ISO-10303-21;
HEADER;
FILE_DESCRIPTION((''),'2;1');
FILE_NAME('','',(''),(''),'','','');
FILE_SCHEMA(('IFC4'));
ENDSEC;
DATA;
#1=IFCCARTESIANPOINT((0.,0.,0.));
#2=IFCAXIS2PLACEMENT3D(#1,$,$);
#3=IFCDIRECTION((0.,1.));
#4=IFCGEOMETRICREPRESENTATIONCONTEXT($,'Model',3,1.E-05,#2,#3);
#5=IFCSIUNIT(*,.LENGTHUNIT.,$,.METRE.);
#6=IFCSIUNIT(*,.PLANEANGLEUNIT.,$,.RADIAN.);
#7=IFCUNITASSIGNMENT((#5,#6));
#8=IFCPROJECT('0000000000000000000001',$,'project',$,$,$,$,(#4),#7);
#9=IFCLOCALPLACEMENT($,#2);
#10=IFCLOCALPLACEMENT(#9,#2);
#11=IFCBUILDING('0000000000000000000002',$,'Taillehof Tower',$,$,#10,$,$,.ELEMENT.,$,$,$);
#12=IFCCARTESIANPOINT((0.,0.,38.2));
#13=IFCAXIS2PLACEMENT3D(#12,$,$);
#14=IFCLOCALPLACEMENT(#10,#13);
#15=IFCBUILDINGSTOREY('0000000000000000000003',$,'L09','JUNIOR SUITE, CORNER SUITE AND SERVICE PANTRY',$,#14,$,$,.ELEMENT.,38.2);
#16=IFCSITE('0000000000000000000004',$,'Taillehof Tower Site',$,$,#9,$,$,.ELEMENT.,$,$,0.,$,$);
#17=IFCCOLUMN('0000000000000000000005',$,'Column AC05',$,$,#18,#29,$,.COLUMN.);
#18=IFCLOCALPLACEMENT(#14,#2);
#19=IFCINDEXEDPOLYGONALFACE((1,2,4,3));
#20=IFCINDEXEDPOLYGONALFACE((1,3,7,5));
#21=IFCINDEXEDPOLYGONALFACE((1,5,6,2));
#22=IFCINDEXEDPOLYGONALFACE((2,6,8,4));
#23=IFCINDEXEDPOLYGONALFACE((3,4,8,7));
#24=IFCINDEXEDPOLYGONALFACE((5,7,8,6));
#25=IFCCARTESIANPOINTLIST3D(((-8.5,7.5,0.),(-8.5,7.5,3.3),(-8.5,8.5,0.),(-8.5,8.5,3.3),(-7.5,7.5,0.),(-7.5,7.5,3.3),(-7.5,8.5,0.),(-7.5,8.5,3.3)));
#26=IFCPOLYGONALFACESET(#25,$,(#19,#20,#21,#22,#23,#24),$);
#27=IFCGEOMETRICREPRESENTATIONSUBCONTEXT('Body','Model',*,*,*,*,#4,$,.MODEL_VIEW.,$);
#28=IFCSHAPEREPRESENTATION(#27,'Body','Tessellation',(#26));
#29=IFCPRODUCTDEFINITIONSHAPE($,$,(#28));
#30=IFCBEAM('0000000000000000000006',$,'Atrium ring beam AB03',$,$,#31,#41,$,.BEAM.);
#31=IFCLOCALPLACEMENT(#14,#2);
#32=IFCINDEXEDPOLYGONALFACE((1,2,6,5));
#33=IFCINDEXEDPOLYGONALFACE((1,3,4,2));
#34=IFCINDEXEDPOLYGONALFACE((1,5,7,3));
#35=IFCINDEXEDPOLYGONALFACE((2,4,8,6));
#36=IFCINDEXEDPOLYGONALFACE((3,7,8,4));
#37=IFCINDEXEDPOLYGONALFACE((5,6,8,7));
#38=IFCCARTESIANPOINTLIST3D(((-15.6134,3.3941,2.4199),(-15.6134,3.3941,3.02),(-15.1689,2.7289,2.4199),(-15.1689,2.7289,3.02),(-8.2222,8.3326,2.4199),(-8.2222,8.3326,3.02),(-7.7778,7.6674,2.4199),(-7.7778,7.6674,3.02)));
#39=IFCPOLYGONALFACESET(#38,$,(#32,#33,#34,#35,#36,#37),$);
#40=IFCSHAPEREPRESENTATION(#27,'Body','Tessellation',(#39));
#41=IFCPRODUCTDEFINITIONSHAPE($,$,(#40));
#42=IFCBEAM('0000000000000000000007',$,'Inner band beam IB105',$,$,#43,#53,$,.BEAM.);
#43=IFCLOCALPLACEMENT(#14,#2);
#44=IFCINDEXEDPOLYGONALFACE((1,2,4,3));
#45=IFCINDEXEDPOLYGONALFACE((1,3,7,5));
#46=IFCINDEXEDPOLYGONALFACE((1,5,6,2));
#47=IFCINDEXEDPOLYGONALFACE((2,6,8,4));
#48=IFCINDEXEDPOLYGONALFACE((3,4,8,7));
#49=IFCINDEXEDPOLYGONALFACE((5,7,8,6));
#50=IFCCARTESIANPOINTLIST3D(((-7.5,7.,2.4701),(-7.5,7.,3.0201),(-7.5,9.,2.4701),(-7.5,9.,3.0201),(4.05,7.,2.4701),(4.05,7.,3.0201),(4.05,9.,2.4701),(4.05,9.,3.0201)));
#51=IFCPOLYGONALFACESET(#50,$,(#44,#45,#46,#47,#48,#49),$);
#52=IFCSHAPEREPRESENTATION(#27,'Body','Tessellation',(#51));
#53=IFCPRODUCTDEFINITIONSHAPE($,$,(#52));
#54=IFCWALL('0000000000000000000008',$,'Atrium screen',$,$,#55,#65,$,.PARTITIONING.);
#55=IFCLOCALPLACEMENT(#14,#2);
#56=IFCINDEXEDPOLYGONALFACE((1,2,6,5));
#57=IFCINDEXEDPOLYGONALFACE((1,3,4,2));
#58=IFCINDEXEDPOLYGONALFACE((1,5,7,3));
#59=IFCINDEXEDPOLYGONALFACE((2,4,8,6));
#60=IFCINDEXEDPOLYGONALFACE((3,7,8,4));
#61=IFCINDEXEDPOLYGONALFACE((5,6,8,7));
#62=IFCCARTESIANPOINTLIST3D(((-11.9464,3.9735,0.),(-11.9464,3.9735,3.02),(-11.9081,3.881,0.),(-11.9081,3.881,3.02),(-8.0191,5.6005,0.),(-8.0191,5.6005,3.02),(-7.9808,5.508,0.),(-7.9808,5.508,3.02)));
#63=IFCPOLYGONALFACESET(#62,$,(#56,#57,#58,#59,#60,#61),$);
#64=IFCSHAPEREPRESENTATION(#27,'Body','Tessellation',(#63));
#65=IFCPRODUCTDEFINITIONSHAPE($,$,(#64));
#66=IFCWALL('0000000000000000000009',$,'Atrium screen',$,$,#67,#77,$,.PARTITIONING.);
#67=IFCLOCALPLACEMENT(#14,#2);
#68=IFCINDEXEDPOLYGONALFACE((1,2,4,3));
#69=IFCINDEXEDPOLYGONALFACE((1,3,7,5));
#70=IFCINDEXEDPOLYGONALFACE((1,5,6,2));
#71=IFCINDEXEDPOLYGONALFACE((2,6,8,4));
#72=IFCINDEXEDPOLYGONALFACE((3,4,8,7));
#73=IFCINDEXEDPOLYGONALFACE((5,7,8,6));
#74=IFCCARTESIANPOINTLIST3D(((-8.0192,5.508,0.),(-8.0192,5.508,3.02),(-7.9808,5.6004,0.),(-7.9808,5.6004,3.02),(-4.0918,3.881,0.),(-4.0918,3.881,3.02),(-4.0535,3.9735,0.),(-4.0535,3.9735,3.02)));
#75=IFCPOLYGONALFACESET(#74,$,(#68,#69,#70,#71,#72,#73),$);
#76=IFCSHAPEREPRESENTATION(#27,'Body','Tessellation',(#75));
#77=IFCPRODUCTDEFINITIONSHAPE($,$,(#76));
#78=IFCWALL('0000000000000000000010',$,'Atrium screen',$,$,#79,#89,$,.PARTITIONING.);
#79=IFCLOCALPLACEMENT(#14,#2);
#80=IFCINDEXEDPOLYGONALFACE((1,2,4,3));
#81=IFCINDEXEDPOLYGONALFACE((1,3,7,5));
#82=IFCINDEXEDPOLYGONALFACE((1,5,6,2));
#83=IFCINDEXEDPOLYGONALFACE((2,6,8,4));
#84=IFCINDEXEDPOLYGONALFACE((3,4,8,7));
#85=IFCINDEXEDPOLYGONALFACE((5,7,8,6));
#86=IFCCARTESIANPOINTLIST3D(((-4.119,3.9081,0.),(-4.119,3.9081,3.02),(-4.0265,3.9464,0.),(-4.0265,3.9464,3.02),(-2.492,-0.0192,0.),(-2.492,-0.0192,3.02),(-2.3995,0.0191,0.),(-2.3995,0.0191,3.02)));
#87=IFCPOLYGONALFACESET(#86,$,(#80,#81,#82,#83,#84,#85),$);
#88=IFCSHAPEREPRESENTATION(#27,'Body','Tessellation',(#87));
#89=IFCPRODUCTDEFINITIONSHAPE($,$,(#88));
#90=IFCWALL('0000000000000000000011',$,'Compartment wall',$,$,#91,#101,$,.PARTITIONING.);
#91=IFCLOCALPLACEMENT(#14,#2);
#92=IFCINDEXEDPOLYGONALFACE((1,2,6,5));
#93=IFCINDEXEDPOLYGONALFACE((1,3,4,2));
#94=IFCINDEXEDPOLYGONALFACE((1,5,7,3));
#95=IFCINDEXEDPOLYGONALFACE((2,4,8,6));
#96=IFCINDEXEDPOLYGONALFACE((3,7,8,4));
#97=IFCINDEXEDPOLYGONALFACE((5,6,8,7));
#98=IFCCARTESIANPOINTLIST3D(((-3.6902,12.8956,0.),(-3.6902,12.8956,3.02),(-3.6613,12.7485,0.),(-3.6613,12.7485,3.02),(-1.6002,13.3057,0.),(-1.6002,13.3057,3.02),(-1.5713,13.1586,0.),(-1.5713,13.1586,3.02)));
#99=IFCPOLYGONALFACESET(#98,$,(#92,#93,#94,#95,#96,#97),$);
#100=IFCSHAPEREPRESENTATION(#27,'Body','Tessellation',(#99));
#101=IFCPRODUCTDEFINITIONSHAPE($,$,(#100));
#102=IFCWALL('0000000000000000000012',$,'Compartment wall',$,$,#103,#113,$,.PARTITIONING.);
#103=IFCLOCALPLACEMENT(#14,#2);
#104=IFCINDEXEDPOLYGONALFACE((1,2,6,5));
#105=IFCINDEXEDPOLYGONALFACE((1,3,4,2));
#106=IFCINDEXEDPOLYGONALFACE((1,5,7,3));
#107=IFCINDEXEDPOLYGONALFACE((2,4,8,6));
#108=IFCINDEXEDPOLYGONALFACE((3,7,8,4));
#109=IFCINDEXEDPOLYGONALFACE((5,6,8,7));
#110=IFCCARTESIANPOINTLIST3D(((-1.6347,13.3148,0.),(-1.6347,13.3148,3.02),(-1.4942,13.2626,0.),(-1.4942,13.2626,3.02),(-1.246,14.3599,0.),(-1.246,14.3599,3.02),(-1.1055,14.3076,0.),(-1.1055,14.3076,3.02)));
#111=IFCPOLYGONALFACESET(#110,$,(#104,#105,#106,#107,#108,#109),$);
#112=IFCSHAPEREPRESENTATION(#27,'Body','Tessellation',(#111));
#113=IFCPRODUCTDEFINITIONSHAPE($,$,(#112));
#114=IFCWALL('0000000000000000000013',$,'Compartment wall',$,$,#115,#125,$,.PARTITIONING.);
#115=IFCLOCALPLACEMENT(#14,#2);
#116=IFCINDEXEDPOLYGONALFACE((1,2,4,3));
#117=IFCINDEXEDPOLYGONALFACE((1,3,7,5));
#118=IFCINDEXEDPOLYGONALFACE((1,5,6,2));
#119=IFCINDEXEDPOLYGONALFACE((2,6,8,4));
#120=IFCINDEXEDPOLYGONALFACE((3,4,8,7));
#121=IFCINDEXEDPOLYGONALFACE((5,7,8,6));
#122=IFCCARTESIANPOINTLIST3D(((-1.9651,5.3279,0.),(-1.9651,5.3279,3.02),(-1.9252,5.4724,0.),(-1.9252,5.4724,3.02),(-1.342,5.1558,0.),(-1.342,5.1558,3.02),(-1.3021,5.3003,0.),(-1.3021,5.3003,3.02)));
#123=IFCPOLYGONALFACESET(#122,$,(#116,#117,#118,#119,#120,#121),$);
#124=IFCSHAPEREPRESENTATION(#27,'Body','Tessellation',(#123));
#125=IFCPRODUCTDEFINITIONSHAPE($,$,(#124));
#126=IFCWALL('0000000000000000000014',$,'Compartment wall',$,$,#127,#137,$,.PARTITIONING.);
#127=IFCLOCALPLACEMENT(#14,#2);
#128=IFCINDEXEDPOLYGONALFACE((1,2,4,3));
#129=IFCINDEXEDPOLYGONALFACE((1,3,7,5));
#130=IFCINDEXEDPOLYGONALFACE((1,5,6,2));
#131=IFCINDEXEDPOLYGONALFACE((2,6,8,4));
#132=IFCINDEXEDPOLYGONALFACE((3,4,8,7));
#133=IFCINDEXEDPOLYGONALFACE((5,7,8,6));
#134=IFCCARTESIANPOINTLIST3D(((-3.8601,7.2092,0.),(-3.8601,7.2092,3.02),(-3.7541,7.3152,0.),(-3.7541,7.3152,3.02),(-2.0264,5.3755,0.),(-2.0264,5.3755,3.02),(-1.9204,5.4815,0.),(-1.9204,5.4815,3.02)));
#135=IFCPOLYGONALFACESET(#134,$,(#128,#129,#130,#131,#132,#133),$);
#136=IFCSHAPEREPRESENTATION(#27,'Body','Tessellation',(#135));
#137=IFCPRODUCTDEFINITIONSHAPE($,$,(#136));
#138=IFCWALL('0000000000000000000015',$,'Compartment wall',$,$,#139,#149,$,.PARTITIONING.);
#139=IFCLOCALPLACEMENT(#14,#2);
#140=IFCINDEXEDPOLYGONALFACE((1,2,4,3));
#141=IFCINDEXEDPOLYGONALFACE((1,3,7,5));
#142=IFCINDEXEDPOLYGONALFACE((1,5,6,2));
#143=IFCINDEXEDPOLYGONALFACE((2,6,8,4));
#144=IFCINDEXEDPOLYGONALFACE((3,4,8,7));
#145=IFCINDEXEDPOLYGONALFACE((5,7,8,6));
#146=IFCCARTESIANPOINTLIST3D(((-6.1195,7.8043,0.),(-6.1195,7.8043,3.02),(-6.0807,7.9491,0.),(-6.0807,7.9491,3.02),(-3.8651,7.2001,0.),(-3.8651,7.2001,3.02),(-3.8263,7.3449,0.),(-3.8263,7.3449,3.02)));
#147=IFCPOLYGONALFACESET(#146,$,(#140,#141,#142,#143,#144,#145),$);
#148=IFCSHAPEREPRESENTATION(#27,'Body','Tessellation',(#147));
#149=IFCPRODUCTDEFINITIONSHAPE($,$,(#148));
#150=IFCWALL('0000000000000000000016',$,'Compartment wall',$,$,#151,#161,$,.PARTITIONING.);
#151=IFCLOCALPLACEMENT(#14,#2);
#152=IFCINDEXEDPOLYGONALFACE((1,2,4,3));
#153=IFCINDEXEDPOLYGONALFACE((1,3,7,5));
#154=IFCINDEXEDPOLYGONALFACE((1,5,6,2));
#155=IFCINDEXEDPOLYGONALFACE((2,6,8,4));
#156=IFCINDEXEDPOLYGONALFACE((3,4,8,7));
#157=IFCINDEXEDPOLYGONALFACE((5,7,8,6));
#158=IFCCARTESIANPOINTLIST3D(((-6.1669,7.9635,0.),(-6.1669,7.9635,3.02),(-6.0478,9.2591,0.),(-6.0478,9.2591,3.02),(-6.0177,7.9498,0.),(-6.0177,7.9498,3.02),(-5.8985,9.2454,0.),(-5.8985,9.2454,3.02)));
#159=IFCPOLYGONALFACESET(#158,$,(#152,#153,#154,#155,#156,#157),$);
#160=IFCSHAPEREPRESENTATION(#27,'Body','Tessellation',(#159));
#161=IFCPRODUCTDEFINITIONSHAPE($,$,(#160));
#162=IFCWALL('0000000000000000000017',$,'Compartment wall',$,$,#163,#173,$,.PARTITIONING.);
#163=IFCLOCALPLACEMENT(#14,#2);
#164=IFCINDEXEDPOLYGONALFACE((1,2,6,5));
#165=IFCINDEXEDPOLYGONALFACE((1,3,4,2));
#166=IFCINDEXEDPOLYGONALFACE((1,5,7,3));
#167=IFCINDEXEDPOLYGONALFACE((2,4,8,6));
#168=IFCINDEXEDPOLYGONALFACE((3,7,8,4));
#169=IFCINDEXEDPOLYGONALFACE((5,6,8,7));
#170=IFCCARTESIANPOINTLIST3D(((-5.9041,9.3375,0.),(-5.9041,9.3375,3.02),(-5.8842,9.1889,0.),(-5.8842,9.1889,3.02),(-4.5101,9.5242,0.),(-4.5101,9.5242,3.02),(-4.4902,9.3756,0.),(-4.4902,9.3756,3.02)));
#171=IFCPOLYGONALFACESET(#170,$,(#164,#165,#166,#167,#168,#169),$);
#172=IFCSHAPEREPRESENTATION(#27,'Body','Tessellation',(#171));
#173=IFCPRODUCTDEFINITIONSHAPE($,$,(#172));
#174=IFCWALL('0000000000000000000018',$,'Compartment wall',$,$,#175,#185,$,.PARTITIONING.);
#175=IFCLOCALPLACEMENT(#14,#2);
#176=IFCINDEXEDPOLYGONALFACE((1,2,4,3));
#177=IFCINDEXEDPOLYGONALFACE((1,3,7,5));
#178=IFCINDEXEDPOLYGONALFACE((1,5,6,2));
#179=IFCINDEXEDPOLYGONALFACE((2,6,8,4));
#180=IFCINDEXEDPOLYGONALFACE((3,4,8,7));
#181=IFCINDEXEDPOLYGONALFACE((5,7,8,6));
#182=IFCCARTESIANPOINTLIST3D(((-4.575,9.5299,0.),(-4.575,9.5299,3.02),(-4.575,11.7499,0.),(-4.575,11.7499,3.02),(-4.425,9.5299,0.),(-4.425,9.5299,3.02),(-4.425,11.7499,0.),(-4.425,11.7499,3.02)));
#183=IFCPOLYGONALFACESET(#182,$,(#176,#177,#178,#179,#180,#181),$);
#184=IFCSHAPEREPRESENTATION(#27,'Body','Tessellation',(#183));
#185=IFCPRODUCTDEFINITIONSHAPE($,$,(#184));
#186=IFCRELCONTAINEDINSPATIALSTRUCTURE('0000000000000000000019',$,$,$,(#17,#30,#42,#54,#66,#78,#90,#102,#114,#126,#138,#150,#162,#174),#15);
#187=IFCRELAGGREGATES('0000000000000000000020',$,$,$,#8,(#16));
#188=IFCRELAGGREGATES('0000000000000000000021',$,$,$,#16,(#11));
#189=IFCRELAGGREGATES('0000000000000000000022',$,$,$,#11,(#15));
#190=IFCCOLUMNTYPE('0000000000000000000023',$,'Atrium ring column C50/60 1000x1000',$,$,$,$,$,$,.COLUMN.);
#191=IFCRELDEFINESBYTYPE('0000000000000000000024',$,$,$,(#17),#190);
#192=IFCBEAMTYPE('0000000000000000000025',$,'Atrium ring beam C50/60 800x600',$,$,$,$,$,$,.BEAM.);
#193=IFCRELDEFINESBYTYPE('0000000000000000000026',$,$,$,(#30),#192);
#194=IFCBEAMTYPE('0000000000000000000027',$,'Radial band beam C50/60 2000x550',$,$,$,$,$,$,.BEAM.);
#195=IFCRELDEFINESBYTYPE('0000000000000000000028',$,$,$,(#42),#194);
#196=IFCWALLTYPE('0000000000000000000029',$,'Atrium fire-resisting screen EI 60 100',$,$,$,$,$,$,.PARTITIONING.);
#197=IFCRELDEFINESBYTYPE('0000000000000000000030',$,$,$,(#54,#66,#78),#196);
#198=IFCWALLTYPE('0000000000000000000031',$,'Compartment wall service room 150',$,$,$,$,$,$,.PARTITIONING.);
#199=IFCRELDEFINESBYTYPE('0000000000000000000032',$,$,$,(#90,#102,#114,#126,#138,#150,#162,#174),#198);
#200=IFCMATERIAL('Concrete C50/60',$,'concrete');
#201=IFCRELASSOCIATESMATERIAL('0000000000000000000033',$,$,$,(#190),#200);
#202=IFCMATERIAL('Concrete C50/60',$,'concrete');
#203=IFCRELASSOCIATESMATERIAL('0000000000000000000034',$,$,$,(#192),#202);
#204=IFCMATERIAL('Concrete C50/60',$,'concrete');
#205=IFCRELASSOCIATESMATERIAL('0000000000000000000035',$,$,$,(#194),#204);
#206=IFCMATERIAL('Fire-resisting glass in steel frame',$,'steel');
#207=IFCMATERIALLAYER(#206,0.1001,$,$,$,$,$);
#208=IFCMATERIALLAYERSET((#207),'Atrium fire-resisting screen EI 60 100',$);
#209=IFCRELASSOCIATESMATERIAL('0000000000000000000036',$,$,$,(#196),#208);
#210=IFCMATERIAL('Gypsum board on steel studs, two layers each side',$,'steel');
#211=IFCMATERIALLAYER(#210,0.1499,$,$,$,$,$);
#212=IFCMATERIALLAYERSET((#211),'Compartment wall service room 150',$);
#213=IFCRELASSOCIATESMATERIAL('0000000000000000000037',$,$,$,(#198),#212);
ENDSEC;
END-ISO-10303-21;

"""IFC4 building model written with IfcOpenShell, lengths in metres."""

from ifc_helpers import new_model, si_unit, direction, frame, frame_2d, origin, origin_2d, place, context, subcontext, project, spatial, rectangle, extrude, material, layer, layer_set, material_profile, profile_set, type_object, element, save


model = new_model("IFC4")

# Units and contexts
model_context = context("Model", 3, precision=1e-05, world=origin(), true_north=direction((0.0, 1.0)))
body_context = subcontext(model_context, "Body", "Model", "MODEL_VIEW")
ifc_project = project(units=[si_unit("LENGTHUNIT", "METRE"), si_unit("PLANEANGLEUNIT", "RADIAN")], contexts=[model_context])

# Site, building, storey
site_placement = place(None, origin())
site = spatial("IfcSite", under=ifc_project, at=site_placement, Name="Taillehof Tower Site", CompositionType="ELEMENT", RefElevation=0.0)
building_placement = place(site_placement, origin())
building = spatial("IfcBuilding", under=site, at=building_placement, Name="Taillehof Tower", CompositionType="ELEMENT")
storey_placement = place(building_placement, frame((0.0, 0.0, 38.2)))
storey = spatial("IfcBuildingStorey", under=building, at=storey_placement, Name="L09", Description="JUNIOR SUITE, CORNER SUITE AND SERVICE PANTRY", CompositionType="ELEMENT", Elevation=38.2)

# Column
ifc_material_1 = material(Name="Concrete C50/60", Category="concrete")
ifc_material_profile_1 = material_profile(ifc_material_1, rectangle(XDim=1.0, YDim=1.0, at=origin_2d()), Name="RC 1000x1000")
ifc_profile_set_1 = profile_set([ifc_material_profile_1], Name="Concrete C50/60")
column_type = type_object("IfcColumnType", Name="Atrium ring column C50/60 1000x1000", PredefinedType="COLUMN", material=ifc_profile_set_1)
column_placement = place(storey_placement, frame((-8.0, 8.0, 0.0), z_axis=(0.0, 0.0, 1.0), x_axis=(1.0, 0.0, 0.0)))
element("IfcColumn", 1, at=column_placement, inside=storey, type_object=column_type, Name="Column AC05", PredefinedType="COLUMN", context=body_context, shape_type="SweptSolid", body=[
    extrude(rectangle(XDim=1.0, YDim=1.0, at=origin_2d()), origin(), (0.0, 0.0, 1.0), 3.3),
])

# Beams
ifc_material_2 = material(Name="Concrete C50/60", Category="concrete")
ifc_material_profile_2 = material_profile(ifc_material_2, rectangle(XDim=0.8, YDim=0.6001, at=origin_2d()), Name="RC 800x600")
ifc_profile_set_2 = profile_set([ifc_material_profile_2], Name="Concrete C50/60")
beam_type_1 = type_object("IfcBeamType", Name="Atrium ring beam C50/60 800x600", PredefinedType="BEAM", material=ifc_profile_set_2)
beam_1_placement = place(storey_placement, frame((-8.0, 8.0, 2.72), z_axis=(-0.831475, -0.555562, 0.0), x_axis=(0.555562, -0.831475, 0.0)))
element("IfcBeam", 2, at=beam_1_placement, inside=storey, type_object=beam_type_1, Name="Atrium ring beam AB03", PredefinedType="BEAM", context=body_context, shape_type="SweptSolid", body=[
    extrude(rectangle(XDim=0.8, YDim=0.6001, at=origin_2d()), origin(), (0.0, 0.0, 1.0), 8.8892),
])
ifc_material_3 = material(Name="Concrete C50/60", Category="concrete")
ifc_material_profile_3 = material_profile(ifc_material_3, rectangle(XDim=2.0, YDim=0.55, at=origin_2d()), Name="RC 2000x550")
ifc_profile_set_3 = profile_set([ifc_material_profile_3], Name="Concrete C50/60")
beam_type_2 = type_object("IfcBeamType", Name="Radial band beam C50/60 2000x550", PredefinedType="BEAM", material=ifc_profile_set_3)
beam_2_placement = place(storey_placement, frame((-7.5, 8.0, 2.7451), z_axis=(1.0, 0.0, 0.0), x_axis=(0.0, 1.0, 0.0)))
element("IfcBeam", 3, at=beam_2_placement, inside=storey, type_object=beam_type_2, Name="Inner band beam IB105", PredefinedType="BEAM", context=body_context, shape_type="SweptSolid", body=[
    extrude(rectangle(XDim=2.0, YDim=0.55, at=origin_2d()), origin(), (0.0, 0.0, 1.0), 11.55),
])

# Walls
ifc_material_4 = material(Name="Fire-resisting glass in steel frame", Category="steel")
ifc_layer_1 = layer(ifc_material_4, 0.1001)
ifc_layer_set_1 = layer_set([ifc_layer_1], Name="Atrium fire-resisting screen EI 60 100")
wall_type_1 = type_object("IfcWallType", Name="Atrium fire-resisting screen EI 60 100", PredefinedType="PARTITIONING", material=ifc_layer_set_1)
for number, where, z_axis, x_axis, name in (
    (4, (-11.9272, 3.9272, 0.0), (0.0, 0.0, 1.0), (0.92386, 0.382731, 0.0), "Atrium screen"),
    (5, (-8.0, 5.5542, 0.0), (0.0, 0.0, 1.0), (0.92386, -0.382731, 0.0), "Atrium screen"),
    (6, (-4.0728, 3.9272, 0.0), (0.0, 0.0, 1.0), (0.382731, -0.92386, 0.0), "Atrium screen"),
):
    element("IfcWall", number, at=place(storey_placement, frame(where, z_axis=z_axis, x_axis=x_axis)), inside=storey, type_object=wall_type_1, Name=name, PredefinedType="PARTITIONING", context=body_context, shape_type="SweptSolid", body=[
        extrude(rectangle(XDim=4.251, YDim=0.1001, at=frame_2d((2.1255, 0.0))), origin(), (0.0, 0.0, 1.0), 3.02),
    ])
ifc_material_5 = material(Name="Gypsum board on steel studs, two layers each side", Category="steel")
ifc_layer_2 = layer(ifc_material_5, 0.1499)
ifc_layer_set_2 = layer_set([ifc_layer_2], Name="Compartment wall service room 150")
wall_type_2 = type_object("IfcWallType", Name="Compartment wall service room 150", PredefinedType="PARTITIONING", material=ifc_layer_set_2)
wall_1_placement = place(storey_placement, frame((-3.6758, 12.822, 0.0), z_axis=(0.0, 0.0, 1.0), x_axis=(0.981284, 0.192566, 0.0)))
element("IfcWall", 7, at=wall_1_placement, inside=storey, type_object=wall_type_2, Name="Compartment wall", PredefinedType="PARTITIONING", context=body_context, shape_type="SweptSolid", body=[
    extrude(rectangle(XDim=2.1299, YDim=0.1499, at=frame_2d((1.0649, 0.0))), origin(), (0.0, 0.0, 1.0), 3.02),
])
wall_2_placement = place(storey_placement, frame((-1.5645, 13.2886, 0.0), z_axis=(0.0, 0.0, 1.0), x_axis=(0.348555, 0.937288, 0.0)))
element("IfcWall", 8, at=wall_2_placement, inside=storey, type_object=wall_type_2, Name="Compartment wall", PredefinedType="PARTITIONING", context=body_context, shape_type="SweptSolid", body=[
    extrude(rectangle(XDim=1.115, YDim=0.1499, at=frame_2d((0.5576, 0.0))), origin(), (0.0, 0.0, 1.0), 3.02),
])
wall_3_placement = place(storey_placement, frame((-1.322, 5.228, 0.0), z_axis=(0.0, 0.0, 1.0), x_axis=(-0.963896, 0.26628, 0.0)))
element("IfcWall", 9, at=wall_3_placement, inside=storey, type_object=wall_type_2, Name="Compartment wall", PredefinedType="PARTITIONING", context=body_context, shape_type="SweptSolid", body=[
    extrude(rectangle(XDim=0.6465, YDim=0.1499, at=frame_2d((0.3232, 0.0))), origin(), (0.0, 0.0, 1.0), 3.02),
])
wall_4_placement = place(storey_placement, frame((-1.9734, 5.4285, 0.0), z_axis=(0.0, 0.0, 1.0), x_axis=(-0.707107, 0.707107, 0.0)))
element("IfcWall", 10, at=wall_4_placement, inside=storey, type_object=wall_type_2, Name="Compartment wall", PredefinedType="PARTITIONING", context=body_context, shape_type="SweptSolid", body=[
    extrude(rectangle(XDim=2.5933, YDim=0.1499, at=frame_2d((1.2966, 0.0))), origin(), (0.0, 0.0, 1.0), 3.02),
])
wall_5_placement = place(storey_placement, frame((-3.8457, 7.2725, 0.0), z_axis=(0.0, 0.0, 1.0), x_axis=(-0.965906, 0.258893, 0.0)))
element("IfcWall", 11, at=wall_5_placement, inside=storey, type_object=wall_type_2, Name="Compartment wall", PredefinedType="PARTITIONING", context=body_context, shape_type="SweptSolid", body=[
    extrude(rectangle(XDim=2.334, YDim=0.1499, at=frame_2d((1.167, 0.0))), origin(), (0.0, 0.0, 1.0), 3.02),
])
wall_6_placement = place(storey_placement, frame((-6.0923, 7.9568, 0.0), z_axis=(0.0, 0.0, 1.0), x_axis=(0.091568, 0.995799, 0.0)))
element("IfcWall", 12, at=wall_6_placement, inside=storey, type_object=wall_type_2, Name="Compartment wall", PredefinedType="PARTITIONING", context=body_context, shape_type="SweptSolid", body=[
    extrude(rectangle(XDim=1.301, YDim=0.1499, at=frame_2d((0.6504, 0.0))), origin(), (0.0, 0.0, 1.0), 3.02),
])
wall_7_placement = place(storey_placement, frame((-5.894, 9.2632, 0.0), z_axis=(0.0, 0.0, 1.0), x_axis=(0.991144, 0.132789, 0.0)))
element("IfcWall", 13, at=wall_7_placement, inside=storey, type_object=wall_type_2, Name="Compartment wall", PredefinedType="PARTITIONING", context=body_context, shape_type="SweptSolid", body=[
    extrude(rectangle(XDim=1.4065, YDim=0.1499, at=frame_2d((0.7031, 0.0))), origin(), (0.0, 0.0, 1.0), 3.02),
])
wall_8_placement = place(storey_placement, frame((-4.5, 9.53, 0.0), z_axis=(0.0, 0.0, 1.0), x_axis=(0.0, 1.0, 0.0)))
element("IfcWall", 14, at=wall_8_placement, inside=storey, type_object=wall_type_2, Name="Compartment wall", PredefinedType="PARTITIONING", context=body_context, shape_type="SweptSolid", body=[
    extrude(rectangle(XDim=2.22, YDim=0.1499, at=frame_2d((1.1099, 0.0))), origin(), (0.0, 0.0, 1.0), 3.02),
])

save(model, "model.ifc")
